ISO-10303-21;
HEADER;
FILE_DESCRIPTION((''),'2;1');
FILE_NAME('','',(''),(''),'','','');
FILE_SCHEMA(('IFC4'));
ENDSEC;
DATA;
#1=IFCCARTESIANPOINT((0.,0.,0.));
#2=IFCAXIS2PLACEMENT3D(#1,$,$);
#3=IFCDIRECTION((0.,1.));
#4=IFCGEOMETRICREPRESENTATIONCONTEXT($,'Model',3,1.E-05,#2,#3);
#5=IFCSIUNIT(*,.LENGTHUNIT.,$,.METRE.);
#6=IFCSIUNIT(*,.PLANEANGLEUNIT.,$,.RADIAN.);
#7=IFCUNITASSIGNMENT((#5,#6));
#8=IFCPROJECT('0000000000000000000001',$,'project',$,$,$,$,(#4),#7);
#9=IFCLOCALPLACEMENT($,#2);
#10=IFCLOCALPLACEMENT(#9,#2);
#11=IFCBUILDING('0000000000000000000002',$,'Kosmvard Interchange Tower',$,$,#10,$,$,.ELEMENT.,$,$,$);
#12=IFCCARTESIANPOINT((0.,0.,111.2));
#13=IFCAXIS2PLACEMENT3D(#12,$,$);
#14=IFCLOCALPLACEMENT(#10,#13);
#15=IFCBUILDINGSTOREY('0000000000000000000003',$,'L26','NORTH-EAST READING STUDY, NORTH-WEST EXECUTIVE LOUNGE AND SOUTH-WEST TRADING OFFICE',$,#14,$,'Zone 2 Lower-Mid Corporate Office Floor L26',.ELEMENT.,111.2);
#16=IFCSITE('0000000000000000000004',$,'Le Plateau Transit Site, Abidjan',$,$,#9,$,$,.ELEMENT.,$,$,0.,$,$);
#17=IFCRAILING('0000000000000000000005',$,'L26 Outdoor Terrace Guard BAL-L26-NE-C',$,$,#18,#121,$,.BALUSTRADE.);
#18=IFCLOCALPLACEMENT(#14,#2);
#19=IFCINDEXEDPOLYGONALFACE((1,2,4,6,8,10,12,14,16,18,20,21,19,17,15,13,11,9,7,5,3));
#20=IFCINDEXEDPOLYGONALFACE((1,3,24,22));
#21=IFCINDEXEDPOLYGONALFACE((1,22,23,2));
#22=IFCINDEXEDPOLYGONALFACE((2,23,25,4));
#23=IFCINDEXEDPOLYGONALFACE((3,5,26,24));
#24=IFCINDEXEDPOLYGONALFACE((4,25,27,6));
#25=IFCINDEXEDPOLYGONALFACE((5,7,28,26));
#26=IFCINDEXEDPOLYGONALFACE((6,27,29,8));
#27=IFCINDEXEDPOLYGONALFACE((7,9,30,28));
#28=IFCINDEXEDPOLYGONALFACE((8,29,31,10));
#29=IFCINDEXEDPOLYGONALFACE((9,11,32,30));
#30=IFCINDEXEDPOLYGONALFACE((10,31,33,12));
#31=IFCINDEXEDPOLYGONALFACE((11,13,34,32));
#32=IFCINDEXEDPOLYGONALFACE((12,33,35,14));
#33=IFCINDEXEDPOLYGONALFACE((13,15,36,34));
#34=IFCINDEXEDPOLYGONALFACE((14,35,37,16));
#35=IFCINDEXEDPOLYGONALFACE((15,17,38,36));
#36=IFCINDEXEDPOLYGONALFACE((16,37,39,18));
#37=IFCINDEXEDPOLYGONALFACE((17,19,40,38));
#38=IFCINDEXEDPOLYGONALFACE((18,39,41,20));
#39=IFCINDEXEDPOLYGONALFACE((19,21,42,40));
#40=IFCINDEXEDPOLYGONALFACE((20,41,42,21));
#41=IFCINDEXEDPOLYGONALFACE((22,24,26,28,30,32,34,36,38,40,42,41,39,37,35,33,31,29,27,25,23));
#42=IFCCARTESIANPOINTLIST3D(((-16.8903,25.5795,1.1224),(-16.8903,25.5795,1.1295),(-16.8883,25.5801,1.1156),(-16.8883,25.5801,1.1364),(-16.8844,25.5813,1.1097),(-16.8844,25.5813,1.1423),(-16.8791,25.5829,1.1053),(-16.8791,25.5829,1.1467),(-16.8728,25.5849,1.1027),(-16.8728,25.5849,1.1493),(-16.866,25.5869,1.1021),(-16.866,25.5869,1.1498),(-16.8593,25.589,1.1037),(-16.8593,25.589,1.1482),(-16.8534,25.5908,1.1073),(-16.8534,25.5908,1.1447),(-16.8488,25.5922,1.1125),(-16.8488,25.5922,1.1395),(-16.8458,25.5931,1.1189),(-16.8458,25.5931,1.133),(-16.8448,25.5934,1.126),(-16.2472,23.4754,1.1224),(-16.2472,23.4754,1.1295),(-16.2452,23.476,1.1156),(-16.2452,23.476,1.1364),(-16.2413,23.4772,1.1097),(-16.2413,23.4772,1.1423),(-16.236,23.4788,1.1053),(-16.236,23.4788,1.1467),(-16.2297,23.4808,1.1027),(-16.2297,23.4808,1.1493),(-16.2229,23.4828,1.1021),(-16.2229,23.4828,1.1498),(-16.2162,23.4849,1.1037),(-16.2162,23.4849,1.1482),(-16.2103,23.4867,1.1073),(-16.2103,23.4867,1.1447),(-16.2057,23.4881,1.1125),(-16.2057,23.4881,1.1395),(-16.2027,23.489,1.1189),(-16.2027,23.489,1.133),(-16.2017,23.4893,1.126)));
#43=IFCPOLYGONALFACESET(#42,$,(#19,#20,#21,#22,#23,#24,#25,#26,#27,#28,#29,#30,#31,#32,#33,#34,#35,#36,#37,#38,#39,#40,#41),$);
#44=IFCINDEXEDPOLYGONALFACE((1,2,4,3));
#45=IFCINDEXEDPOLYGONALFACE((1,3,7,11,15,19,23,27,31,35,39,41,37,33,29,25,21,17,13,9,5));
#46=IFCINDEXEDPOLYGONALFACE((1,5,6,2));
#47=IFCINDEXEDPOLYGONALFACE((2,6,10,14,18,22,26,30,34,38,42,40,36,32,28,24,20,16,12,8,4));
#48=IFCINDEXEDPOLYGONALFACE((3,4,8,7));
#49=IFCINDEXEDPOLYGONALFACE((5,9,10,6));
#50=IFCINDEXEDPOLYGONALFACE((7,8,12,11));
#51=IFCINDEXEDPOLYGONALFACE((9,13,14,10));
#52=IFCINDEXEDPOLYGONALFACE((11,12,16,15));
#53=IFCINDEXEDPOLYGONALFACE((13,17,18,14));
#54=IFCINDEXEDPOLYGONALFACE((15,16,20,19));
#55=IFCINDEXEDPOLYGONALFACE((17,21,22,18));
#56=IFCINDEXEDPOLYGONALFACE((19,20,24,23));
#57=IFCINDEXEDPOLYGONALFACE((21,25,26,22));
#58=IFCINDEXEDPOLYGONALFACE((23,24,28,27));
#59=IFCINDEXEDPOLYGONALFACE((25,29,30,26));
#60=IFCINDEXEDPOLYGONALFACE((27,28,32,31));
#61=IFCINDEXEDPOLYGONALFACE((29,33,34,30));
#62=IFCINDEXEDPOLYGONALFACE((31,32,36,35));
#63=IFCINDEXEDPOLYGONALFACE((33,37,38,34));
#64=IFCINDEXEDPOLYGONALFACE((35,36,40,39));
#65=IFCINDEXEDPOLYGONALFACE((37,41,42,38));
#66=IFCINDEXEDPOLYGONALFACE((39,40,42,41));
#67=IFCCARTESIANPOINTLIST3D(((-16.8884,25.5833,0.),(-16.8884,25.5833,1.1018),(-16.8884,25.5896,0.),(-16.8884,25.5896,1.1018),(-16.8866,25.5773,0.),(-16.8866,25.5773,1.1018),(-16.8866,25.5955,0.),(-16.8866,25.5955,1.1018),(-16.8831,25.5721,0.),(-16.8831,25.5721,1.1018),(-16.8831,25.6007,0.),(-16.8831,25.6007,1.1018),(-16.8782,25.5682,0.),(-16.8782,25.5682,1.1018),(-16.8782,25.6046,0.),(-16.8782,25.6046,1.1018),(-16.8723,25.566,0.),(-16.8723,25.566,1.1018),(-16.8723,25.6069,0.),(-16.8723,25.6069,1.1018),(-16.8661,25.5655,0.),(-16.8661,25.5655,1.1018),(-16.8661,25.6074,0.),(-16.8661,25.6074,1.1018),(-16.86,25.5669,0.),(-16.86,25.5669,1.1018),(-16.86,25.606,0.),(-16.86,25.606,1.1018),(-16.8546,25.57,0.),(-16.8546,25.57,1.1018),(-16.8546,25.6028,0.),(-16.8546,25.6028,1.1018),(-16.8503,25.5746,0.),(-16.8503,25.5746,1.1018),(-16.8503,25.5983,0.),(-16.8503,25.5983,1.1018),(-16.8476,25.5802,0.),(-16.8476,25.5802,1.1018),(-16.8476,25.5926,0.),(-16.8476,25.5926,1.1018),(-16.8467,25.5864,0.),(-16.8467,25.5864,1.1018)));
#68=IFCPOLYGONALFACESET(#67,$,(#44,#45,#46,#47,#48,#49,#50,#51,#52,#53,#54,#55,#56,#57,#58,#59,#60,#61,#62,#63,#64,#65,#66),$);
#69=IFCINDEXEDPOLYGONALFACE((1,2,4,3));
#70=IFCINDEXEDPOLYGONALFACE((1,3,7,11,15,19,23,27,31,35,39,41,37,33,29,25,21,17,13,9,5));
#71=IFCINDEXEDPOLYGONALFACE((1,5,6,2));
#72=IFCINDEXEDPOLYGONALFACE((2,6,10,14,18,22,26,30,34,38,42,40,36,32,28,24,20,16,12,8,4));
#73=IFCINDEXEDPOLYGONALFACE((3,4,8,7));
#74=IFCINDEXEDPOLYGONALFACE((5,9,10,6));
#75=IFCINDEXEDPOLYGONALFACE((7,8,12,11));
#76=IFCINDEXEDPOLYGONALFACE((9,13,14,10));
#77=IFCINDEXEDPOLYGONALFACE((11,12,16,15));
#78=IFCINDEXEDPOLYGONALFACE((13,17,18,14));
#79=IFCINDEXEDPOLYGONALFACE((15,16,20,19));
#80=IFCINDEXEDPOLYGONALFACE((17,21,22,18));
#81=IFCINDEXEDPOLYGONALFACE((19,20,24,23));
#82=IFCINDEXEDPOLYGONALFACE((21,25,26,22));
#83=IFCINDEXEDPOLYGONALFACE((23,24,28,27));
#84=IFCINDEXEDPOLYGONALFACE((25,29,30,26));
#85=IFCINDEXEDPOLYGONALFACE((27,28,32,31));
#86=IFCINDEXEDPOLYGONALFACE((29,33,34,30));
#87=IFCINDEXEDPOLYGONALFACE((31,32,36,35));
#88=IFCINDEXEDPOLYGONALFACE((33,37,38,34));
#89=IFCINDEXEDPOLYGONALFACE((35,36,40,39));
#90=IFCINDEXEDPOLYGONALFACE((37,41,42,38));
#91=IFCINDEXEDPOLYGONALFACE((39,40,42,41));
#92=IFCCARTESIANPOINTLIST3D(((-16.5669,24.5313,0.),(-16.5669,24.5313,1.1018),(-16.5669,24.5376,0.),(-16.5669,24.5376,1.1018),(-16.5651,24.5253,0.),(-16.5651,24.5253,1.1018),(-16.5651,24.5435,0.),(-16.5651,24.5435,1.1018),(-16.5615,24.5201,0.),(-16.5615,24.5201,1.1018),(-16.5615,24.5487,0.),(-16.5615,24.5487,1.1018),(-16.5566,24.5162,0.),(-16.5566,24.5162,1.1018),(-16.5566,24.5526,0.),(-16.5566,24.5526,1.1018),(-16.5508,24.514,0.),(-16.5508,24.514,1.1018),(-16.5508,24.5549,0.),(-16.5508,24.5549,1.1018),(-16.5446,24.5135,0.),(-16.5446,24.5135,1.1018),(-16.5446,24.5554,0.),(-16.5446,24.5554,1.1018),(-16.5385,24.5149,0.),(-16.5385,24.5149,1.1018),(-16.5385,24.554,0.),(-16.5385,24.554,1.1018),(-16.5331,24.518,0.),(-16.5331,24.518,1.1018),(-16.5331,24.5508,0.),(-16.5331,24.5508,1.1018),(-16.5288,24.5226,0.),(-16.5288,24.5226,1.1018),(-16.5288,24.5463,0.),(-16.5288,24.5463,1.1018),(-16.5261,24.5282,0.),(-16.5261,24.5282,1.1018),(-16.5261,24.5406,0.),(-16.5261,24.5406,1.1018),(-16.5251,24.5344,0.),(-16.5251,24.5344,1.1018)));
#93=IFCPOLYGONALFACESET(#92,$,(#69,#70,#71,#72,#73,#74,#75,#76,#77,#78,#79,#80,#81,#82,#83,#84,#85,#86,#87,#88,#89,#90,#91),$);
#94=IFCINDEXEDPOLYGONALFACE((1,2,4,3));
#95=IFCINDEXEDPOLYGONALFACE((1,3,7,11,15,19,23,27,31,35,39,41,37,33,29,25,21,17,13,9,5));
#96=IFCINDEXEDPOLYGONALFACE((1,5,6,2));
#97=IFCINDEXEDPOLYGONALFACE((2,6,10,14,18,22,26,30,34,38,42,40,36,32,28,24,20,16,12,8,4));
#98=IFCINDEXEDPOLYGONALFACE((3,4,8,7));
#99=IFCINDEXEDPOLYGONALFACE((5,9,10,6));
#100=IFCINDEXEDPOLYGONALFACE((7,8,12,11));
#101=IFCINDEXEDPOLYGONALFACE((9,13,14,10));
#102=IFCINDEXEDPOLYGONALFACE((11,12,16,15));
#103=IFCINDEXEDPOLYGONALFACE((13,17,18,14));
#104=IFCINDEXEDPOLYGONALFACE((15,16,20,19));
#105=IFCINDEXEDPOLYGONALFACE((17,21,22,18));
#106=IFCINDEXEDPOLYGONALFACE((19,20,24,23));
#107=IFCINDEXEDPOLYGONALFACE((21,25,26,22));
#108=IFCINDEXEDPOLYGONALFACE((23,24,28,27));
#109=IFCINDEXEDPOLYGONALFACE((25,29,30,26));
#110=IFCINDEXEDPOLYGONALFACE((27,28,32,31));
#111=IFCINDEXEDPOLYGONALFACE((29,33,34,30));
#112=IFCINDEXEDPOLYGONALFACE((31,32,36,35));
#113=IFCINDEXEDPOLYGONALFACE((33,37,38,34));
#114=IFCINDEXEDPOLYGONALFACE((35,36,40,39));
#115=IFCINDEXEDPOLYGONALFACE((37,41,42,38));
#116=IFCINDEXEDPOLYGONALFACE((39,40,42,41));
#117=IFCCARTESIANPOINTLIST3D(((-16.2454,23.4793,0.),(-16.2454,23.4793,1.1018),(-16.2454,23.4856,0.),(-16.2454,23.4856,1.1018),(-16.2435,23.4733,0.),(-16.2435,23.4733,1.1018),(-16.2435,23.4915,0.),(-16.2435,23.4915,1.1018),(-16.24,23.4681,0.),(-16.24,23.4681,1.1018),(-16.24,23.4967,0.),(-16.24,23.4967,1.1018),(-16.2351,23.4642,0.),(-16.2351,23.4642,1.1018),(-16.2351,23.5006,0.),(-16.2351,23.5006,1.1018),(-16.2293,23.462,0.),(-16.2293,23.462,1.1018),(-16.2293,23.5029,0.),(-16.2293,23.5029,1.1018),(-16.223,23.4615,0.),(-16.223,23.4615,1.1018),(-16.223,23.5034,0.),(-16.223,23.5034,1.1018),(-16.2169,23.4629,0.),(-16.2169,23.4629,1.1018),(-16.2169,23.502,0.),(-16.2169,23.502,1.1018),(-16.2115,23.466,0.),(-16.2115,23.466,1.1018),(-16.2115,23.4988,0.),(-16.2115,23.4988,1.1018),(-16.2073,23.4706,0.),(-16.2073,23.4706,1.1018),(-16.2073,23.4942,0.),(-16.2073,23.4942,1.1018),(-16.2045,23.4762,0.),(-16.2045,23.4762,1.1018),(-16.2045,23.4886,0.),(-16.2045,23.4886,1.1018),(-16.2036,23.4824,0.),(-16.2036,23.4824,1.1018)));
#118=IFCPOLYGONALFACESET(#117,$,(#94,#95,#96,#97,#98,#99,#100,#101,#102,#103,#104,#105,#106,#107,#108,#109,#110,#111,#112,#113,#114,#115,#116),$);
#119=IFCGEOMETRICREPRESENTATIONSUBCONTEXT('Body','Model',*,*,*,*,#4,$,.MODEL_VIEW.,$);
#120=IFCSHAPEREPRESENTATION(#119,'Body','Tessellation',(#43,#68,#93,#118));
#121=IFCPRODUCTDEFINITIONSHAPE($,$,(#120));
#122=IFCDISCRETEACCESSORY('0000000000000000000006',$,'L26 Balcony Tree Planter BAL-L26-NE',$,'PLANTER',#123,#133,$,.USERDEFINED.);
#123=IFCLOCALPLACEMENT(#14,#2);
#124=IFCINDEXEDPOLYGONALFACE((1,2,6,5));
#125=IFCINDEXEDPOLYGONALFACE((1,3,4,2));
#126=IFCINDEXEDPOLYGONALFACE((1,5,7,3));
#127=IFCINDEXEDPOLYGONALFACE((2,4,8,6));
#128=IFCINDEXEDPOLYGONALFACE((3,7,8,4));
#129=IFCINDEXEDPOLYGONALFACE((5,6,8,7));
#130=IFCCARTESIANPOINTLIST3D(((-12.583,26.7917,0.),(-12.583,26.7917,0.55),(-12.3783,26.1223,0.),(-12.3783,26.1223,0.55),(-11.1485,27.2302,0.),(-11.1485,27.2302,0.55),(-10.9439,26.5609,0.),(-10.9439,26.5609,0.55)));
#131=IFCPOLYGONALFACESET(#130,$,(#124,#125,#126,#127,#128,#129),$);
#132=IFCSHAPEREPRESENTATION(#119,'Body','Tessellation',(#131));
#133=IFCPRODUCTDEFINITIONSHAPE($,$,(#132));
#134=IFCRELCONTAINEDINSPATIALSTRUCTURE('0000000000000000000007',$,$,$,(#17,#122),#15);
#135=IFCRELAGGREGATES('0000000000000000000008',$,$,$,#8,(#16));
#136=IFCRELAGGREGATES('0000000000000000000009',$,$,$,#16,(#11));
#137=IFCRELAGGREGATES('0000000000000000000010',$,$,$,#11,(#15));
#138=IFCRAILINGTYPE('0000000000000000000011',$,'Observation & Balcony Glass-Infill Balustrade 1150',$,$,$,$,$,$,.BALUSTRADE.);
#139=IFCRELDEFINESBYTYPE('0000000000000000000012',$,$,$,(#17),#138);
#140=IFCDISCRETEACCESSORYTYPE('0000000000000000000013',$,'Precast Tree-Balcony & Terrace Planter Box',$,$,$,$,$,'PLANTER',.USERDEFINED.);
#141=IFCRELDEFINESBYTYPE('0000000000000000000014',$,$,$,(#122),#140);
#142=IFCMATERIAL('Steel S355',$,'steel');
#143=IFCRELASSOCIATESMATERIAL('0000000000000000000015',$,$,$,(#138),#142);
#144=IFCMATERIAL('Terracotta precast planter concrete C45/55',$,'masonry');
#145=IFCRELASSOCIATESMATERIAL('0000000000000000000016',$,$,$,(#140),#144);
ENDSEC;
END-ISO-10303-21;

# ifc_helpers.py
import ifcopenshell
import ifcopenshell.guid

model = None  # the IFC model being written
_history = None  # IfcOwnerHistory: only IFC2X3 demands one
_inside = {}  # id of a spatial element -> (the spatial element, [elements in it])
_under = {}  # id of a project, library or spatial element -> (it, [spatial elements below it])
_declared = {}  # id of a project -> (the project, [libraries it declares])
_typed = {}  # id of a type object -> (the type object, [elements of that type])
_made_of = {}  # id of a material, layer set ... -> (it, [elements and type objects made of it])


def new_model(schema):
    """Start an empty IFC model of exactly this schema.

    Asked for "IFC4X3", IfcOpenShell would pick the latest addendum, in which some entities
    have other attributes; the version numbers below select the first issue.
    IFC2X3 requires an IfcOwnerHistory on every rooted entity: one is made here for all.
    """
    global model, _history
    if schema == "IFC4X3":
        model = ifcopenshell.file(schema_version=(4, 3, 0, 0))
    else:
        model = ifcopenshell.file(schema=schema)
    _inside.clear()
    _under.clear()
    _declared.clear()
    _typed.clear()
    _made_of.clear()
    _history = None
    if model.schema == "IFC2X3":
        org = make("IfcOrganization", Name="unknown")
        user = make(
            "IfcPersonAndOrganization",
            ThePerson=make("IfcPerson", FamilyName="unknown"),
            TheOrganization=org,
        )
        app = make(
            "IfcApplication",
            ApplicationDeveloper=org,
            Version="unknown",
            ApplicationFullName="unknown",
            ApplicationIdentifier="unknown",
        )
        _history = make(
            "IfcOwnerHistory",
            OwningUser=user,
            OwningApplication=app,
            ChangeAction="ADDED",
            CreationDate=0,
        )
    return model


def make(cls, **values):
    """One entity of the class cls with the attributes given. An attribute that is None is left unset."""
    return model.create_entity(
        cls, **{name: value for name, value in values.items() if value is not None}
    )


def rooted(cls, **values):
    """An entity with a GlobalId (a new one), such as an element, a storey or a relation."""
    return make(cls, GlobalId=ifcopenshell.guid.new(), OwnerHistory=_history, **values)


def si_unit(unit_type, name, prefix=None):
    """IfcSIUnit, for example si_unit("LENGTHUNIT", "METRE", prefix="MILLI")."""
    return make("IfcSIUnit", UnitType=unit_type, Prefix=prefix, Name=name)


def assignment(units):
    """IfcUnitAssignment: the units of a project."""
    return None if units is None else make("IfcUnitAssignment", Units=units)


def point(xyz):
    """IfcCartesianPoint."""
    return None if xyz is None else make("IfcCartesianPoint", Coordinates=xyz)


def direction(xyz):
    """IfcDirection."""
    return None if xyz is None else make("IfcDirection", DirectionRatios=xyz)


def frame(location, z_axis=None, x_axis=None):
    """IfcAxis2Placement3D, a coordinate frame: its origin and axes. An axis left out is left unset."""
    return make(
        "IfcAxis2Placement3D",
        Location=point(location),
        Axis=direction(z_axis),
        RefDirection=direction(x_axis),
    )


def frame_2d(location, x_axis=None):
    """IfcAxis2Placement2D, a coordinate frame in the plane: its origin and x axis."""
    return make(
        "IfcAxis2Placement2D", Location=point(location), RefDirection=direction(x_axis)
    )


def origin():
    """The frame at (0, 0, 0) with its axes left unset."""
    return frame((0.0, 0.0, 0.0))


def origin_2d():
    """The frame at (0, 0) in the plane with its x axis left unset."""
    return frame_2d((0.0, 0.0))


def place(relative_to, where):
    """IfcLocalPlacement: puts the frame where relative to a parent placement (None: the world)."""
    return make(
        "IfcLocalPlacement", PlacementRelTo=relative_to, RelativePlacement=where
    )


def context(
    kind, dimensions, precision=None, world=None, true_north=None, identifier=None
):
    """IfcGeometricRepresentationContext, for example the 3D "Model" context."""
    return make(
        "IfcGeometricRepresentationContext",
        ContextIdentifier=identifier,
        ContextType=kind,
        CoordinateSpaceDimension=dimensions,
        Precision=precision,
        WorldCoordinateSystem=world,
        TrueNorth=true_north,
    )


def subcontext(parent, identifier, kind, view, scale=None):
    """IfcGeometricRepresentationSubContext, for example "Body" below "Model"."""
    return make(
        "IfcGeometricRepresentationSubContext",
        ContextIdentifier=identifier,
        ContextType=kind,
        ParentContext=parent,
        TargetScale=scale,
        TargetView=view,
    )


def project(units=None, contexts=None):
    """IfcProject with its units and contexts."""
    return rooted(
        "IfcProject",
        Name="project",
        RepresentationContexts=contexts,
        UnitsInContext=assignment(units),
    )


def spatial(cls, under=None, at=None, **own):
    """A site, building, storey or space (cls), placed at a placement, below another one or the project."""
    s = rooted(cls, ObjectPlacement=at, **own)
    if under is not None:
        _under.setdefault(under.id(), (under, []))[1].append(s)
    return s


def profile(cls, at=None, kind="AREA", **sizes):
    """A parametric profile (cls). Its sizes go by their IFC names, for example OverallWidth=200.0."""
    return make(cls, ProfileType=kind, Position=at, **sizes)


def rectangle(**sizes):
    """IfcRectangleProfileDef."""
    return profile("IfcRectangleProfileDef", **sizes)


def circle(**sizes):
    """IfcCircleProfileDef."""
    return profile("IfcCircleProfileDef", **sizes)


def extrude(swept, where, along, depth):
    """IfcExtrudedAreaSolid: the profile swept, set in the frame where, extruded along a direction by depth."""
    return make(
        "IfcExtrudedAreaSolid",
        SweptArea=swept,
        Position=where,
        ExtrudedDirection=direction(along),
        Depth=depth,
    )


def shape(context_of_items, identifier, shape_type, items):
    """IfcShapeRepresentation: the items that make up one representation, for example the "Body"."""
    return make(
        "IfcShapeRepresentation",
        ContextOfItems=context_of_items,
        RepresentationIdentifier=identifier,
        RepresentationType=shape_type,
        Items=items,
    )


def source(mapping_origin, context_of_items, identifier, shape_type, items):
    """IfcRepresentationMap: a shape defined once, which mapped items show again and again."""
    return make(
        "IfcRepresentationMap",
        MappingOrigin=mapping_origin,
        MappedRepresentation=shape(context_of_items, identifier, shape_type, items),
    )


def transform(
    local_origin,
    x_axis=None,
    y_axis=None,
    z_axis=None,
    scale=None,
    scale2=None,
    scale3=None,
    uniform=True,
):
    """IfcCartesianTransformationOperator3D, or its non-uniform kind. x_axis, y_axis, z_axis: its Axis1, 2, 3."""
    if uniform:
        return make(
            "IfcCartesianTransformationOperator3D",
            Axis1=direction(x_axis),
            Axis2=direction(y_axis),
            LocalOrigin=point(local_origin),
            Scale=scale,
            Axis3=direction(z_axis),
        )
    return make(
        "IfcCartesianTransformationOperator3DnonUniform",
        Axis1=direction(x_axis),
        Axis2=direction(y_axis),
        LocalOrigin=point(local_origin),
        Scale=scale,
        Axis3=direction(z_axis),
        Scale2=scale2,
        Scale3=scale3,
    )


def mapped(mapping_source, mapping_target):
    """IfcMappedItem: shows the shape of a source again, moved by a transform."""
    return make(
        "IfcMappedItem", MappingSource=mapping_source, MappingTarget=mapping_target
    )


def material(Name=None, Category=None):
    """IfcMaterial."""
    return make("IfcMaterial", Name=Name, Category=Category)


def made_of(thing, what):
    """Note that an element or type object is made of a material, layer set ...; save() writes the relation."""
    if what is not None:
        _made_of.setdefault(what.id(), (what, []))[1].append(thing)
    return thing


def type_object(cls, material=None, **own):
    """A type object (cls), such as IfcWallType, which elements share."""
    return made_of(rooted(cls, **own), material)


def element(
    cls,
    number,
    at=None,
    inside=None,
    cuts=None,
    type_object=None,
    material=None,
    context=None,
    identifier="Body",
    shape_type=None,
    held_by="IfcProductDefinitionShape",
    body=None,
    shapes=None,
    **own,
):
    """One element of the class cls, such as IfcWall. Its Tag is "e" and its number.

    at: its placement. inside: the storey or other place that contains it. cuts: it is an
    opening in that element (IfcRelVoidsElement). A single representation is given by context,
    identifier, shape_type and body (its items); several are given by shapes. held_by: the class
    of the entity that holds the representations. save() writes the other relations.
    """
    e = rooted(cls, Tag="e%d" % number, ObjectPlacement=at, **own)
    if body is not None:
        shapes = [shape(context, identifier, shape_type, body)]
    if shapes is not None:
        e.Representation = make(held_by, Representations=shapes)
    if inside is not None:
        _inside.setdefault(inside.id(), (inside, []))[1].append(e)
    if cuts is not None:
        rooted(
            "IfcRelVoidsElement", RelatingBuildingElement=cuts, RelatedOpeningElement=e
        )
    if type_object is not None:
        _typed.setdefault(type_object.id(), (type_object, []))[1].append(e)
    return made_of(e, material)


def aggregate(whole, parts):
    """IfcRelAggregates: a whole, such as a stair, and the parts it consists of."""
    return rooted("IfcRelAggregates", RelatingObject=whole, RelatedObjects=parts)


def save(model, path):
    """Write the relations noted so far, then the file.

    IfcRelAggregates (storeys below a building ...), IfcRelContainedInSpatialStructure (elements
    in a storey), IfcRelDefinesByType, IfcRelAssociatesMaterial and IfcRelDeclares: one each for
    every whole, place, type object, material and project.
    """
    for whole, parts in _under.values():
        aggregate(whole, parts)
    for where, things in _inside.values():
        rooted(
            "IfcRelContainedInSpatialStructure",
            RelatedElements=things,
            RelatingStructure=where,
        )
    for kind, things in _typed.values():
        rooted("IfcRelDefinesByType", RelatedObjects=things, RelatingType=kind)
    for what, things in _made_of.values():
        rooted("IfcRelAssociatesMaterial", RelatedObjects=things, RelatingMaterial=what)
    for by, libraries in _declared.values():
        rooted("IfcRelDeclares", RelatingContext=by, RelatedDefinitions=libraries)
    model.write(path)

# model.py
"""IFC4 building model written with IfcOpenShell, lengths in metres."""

from ifc_helpers import new_model, si_unit, direction, frame, origin, origin_2d, place, context, subcontext, project, spatial, rectangle, circle, extrude, source, transform, mapped, material, type_object, element, save


model = new_model("IFC4")

# Units and contexts
model_context = context("Model", 3, precision=1e-05, world=origin(), true_north=direction((0.0, 1.0)))
body_context = subcontext(model_context, "Body", "Model", "MODEL_VIEW")
ifc_project = project(units=[si_unit("LENGTHUNIT", "METRE"), si_unit("PLANEANGLEUNIT", "RADIAN")], contexts=[model_context])

# Site, building, storey
site_placement = place(None, origin())
site = spatial("IfcSite", under=ifc_project, at=site_placement, Name="Le Plateau Transit Site, Abidjan", CompositionType="ELEMENT", RefElevation=0.0)
building_placement = place(site_placement, origin())
building = spatial("IfcBuilding", under=site, at=building_placement, Name="Kosmvard Interchange Tower", CompositionType="ELEMENT")
storey_placement = place(building_placement, frame((0.0, 0.0, 111.2)))
storey = spatial("IfcBuildingStorey", under=building, at=storey_placement, Name="L26", Description="NORTH-EAST READING STUDY, NORTH-WEST EXECUTIVE LOUNGE AND SOUTH-WEST TRADING OFFICE", LongName="Zone 2 Lower-Mid Corporate Office Floor L26", CompositionType="ELEMENT", Elevation=111.2)

# Shared definitions
ifc_material_1 = material(Name="Steel S355", Category="steel")

# Railing
railing_type = type_object("IfcRailingType", Name="Observation & Balcony Glass-Infill Balustrade 1150", PredefinedType="BALUSTRADE", material=ifc_material_1)
shared_shape_1 = source(origin(), body_context, "Body", "SweptSolid", [
    extrude(circle(Radius=0.0239, at=origin_2d()), frame((0.0, 0.0, 1.126), z_axis=(0.292292, -0.956329, 0.0), x_axis=(0.956329, 0.292292, 0.0)), (0.0, 0.0, 1.0), 2.2002),
    extrude(circle(Radius=0.021, at=origin_2d()), origin(), (0.0, 0.0, 1.0), 1.1018),
    extrude(circle(Radius=0.021, at=origin_2d()), frame((0.3215, -1.052, 0.0)), (0.0, 0.0, 1.0), 1.1018),
    extrude(circle(Radius=0.021, at=origin_2d()), frame((0.6431, -2.104, 0.0)), (0.0, 0.0, 1.0), 1.1018),
])
railing_placement = place(storey_placement, frame((-16.8677, 25.5864, 0.0)))
element("IfcRailing", 1, at=railing_placement, inside=storey, type_object=railing_type, Name="L26 Outdoor Terrace Guard BAL-L26-NE-C", PredefinedType="BALUSTRADE", context=body_context, shape_type="MappedRepresentation", body=[
    mapped(shared_shape_1, transform((0.0, 0.0, 0.0), scale=1.0)),
])

# Discrete accessory
ifc_material_2 = material(Name="Terracotta precast planter concrete C45/55", Category="masonry")
discrete_accessory_type = type_object("IfcDiscreteAccessoryType", Name="Precast Tree-Balcony & Terrace Planter Box", ElementType="PLANTER", PredefinedType="USERDEFINED", material=ifc_material_2)
shared_shape_2 = source(origin(), body_context, "Body", "SweptSolid", [
    extrude(rectangle(XDim=1.5, YDim=0.7, at=origin_2d()), origin(), (0.0, 0.0, 1.0), 0.55),
])
discrete_accessory_placement = place(storey_placement, frame((-11.7634, 26.6763, 0.0), z_axis=(0.0, 0.0, 1.0), x_axis=(0.956305, 0.292372, 0.0)))
element("IfcDiscreteAccessory", 2, at=discrete_accessory_placement, inside=storey, type_object=discrete_accessory_type, Name="L26 Balcony Tree Planter BAL-L26-NE", ObjectType="PLANTER", PredefinedType="USERDEFINED", context=body_context, shape_type="MappedRepresentation", body=[
    mapped(shared_shape_2, transform((0.0, 0.0, 0.0), scale=1.0)),
])

save(model, "model.ifc")
